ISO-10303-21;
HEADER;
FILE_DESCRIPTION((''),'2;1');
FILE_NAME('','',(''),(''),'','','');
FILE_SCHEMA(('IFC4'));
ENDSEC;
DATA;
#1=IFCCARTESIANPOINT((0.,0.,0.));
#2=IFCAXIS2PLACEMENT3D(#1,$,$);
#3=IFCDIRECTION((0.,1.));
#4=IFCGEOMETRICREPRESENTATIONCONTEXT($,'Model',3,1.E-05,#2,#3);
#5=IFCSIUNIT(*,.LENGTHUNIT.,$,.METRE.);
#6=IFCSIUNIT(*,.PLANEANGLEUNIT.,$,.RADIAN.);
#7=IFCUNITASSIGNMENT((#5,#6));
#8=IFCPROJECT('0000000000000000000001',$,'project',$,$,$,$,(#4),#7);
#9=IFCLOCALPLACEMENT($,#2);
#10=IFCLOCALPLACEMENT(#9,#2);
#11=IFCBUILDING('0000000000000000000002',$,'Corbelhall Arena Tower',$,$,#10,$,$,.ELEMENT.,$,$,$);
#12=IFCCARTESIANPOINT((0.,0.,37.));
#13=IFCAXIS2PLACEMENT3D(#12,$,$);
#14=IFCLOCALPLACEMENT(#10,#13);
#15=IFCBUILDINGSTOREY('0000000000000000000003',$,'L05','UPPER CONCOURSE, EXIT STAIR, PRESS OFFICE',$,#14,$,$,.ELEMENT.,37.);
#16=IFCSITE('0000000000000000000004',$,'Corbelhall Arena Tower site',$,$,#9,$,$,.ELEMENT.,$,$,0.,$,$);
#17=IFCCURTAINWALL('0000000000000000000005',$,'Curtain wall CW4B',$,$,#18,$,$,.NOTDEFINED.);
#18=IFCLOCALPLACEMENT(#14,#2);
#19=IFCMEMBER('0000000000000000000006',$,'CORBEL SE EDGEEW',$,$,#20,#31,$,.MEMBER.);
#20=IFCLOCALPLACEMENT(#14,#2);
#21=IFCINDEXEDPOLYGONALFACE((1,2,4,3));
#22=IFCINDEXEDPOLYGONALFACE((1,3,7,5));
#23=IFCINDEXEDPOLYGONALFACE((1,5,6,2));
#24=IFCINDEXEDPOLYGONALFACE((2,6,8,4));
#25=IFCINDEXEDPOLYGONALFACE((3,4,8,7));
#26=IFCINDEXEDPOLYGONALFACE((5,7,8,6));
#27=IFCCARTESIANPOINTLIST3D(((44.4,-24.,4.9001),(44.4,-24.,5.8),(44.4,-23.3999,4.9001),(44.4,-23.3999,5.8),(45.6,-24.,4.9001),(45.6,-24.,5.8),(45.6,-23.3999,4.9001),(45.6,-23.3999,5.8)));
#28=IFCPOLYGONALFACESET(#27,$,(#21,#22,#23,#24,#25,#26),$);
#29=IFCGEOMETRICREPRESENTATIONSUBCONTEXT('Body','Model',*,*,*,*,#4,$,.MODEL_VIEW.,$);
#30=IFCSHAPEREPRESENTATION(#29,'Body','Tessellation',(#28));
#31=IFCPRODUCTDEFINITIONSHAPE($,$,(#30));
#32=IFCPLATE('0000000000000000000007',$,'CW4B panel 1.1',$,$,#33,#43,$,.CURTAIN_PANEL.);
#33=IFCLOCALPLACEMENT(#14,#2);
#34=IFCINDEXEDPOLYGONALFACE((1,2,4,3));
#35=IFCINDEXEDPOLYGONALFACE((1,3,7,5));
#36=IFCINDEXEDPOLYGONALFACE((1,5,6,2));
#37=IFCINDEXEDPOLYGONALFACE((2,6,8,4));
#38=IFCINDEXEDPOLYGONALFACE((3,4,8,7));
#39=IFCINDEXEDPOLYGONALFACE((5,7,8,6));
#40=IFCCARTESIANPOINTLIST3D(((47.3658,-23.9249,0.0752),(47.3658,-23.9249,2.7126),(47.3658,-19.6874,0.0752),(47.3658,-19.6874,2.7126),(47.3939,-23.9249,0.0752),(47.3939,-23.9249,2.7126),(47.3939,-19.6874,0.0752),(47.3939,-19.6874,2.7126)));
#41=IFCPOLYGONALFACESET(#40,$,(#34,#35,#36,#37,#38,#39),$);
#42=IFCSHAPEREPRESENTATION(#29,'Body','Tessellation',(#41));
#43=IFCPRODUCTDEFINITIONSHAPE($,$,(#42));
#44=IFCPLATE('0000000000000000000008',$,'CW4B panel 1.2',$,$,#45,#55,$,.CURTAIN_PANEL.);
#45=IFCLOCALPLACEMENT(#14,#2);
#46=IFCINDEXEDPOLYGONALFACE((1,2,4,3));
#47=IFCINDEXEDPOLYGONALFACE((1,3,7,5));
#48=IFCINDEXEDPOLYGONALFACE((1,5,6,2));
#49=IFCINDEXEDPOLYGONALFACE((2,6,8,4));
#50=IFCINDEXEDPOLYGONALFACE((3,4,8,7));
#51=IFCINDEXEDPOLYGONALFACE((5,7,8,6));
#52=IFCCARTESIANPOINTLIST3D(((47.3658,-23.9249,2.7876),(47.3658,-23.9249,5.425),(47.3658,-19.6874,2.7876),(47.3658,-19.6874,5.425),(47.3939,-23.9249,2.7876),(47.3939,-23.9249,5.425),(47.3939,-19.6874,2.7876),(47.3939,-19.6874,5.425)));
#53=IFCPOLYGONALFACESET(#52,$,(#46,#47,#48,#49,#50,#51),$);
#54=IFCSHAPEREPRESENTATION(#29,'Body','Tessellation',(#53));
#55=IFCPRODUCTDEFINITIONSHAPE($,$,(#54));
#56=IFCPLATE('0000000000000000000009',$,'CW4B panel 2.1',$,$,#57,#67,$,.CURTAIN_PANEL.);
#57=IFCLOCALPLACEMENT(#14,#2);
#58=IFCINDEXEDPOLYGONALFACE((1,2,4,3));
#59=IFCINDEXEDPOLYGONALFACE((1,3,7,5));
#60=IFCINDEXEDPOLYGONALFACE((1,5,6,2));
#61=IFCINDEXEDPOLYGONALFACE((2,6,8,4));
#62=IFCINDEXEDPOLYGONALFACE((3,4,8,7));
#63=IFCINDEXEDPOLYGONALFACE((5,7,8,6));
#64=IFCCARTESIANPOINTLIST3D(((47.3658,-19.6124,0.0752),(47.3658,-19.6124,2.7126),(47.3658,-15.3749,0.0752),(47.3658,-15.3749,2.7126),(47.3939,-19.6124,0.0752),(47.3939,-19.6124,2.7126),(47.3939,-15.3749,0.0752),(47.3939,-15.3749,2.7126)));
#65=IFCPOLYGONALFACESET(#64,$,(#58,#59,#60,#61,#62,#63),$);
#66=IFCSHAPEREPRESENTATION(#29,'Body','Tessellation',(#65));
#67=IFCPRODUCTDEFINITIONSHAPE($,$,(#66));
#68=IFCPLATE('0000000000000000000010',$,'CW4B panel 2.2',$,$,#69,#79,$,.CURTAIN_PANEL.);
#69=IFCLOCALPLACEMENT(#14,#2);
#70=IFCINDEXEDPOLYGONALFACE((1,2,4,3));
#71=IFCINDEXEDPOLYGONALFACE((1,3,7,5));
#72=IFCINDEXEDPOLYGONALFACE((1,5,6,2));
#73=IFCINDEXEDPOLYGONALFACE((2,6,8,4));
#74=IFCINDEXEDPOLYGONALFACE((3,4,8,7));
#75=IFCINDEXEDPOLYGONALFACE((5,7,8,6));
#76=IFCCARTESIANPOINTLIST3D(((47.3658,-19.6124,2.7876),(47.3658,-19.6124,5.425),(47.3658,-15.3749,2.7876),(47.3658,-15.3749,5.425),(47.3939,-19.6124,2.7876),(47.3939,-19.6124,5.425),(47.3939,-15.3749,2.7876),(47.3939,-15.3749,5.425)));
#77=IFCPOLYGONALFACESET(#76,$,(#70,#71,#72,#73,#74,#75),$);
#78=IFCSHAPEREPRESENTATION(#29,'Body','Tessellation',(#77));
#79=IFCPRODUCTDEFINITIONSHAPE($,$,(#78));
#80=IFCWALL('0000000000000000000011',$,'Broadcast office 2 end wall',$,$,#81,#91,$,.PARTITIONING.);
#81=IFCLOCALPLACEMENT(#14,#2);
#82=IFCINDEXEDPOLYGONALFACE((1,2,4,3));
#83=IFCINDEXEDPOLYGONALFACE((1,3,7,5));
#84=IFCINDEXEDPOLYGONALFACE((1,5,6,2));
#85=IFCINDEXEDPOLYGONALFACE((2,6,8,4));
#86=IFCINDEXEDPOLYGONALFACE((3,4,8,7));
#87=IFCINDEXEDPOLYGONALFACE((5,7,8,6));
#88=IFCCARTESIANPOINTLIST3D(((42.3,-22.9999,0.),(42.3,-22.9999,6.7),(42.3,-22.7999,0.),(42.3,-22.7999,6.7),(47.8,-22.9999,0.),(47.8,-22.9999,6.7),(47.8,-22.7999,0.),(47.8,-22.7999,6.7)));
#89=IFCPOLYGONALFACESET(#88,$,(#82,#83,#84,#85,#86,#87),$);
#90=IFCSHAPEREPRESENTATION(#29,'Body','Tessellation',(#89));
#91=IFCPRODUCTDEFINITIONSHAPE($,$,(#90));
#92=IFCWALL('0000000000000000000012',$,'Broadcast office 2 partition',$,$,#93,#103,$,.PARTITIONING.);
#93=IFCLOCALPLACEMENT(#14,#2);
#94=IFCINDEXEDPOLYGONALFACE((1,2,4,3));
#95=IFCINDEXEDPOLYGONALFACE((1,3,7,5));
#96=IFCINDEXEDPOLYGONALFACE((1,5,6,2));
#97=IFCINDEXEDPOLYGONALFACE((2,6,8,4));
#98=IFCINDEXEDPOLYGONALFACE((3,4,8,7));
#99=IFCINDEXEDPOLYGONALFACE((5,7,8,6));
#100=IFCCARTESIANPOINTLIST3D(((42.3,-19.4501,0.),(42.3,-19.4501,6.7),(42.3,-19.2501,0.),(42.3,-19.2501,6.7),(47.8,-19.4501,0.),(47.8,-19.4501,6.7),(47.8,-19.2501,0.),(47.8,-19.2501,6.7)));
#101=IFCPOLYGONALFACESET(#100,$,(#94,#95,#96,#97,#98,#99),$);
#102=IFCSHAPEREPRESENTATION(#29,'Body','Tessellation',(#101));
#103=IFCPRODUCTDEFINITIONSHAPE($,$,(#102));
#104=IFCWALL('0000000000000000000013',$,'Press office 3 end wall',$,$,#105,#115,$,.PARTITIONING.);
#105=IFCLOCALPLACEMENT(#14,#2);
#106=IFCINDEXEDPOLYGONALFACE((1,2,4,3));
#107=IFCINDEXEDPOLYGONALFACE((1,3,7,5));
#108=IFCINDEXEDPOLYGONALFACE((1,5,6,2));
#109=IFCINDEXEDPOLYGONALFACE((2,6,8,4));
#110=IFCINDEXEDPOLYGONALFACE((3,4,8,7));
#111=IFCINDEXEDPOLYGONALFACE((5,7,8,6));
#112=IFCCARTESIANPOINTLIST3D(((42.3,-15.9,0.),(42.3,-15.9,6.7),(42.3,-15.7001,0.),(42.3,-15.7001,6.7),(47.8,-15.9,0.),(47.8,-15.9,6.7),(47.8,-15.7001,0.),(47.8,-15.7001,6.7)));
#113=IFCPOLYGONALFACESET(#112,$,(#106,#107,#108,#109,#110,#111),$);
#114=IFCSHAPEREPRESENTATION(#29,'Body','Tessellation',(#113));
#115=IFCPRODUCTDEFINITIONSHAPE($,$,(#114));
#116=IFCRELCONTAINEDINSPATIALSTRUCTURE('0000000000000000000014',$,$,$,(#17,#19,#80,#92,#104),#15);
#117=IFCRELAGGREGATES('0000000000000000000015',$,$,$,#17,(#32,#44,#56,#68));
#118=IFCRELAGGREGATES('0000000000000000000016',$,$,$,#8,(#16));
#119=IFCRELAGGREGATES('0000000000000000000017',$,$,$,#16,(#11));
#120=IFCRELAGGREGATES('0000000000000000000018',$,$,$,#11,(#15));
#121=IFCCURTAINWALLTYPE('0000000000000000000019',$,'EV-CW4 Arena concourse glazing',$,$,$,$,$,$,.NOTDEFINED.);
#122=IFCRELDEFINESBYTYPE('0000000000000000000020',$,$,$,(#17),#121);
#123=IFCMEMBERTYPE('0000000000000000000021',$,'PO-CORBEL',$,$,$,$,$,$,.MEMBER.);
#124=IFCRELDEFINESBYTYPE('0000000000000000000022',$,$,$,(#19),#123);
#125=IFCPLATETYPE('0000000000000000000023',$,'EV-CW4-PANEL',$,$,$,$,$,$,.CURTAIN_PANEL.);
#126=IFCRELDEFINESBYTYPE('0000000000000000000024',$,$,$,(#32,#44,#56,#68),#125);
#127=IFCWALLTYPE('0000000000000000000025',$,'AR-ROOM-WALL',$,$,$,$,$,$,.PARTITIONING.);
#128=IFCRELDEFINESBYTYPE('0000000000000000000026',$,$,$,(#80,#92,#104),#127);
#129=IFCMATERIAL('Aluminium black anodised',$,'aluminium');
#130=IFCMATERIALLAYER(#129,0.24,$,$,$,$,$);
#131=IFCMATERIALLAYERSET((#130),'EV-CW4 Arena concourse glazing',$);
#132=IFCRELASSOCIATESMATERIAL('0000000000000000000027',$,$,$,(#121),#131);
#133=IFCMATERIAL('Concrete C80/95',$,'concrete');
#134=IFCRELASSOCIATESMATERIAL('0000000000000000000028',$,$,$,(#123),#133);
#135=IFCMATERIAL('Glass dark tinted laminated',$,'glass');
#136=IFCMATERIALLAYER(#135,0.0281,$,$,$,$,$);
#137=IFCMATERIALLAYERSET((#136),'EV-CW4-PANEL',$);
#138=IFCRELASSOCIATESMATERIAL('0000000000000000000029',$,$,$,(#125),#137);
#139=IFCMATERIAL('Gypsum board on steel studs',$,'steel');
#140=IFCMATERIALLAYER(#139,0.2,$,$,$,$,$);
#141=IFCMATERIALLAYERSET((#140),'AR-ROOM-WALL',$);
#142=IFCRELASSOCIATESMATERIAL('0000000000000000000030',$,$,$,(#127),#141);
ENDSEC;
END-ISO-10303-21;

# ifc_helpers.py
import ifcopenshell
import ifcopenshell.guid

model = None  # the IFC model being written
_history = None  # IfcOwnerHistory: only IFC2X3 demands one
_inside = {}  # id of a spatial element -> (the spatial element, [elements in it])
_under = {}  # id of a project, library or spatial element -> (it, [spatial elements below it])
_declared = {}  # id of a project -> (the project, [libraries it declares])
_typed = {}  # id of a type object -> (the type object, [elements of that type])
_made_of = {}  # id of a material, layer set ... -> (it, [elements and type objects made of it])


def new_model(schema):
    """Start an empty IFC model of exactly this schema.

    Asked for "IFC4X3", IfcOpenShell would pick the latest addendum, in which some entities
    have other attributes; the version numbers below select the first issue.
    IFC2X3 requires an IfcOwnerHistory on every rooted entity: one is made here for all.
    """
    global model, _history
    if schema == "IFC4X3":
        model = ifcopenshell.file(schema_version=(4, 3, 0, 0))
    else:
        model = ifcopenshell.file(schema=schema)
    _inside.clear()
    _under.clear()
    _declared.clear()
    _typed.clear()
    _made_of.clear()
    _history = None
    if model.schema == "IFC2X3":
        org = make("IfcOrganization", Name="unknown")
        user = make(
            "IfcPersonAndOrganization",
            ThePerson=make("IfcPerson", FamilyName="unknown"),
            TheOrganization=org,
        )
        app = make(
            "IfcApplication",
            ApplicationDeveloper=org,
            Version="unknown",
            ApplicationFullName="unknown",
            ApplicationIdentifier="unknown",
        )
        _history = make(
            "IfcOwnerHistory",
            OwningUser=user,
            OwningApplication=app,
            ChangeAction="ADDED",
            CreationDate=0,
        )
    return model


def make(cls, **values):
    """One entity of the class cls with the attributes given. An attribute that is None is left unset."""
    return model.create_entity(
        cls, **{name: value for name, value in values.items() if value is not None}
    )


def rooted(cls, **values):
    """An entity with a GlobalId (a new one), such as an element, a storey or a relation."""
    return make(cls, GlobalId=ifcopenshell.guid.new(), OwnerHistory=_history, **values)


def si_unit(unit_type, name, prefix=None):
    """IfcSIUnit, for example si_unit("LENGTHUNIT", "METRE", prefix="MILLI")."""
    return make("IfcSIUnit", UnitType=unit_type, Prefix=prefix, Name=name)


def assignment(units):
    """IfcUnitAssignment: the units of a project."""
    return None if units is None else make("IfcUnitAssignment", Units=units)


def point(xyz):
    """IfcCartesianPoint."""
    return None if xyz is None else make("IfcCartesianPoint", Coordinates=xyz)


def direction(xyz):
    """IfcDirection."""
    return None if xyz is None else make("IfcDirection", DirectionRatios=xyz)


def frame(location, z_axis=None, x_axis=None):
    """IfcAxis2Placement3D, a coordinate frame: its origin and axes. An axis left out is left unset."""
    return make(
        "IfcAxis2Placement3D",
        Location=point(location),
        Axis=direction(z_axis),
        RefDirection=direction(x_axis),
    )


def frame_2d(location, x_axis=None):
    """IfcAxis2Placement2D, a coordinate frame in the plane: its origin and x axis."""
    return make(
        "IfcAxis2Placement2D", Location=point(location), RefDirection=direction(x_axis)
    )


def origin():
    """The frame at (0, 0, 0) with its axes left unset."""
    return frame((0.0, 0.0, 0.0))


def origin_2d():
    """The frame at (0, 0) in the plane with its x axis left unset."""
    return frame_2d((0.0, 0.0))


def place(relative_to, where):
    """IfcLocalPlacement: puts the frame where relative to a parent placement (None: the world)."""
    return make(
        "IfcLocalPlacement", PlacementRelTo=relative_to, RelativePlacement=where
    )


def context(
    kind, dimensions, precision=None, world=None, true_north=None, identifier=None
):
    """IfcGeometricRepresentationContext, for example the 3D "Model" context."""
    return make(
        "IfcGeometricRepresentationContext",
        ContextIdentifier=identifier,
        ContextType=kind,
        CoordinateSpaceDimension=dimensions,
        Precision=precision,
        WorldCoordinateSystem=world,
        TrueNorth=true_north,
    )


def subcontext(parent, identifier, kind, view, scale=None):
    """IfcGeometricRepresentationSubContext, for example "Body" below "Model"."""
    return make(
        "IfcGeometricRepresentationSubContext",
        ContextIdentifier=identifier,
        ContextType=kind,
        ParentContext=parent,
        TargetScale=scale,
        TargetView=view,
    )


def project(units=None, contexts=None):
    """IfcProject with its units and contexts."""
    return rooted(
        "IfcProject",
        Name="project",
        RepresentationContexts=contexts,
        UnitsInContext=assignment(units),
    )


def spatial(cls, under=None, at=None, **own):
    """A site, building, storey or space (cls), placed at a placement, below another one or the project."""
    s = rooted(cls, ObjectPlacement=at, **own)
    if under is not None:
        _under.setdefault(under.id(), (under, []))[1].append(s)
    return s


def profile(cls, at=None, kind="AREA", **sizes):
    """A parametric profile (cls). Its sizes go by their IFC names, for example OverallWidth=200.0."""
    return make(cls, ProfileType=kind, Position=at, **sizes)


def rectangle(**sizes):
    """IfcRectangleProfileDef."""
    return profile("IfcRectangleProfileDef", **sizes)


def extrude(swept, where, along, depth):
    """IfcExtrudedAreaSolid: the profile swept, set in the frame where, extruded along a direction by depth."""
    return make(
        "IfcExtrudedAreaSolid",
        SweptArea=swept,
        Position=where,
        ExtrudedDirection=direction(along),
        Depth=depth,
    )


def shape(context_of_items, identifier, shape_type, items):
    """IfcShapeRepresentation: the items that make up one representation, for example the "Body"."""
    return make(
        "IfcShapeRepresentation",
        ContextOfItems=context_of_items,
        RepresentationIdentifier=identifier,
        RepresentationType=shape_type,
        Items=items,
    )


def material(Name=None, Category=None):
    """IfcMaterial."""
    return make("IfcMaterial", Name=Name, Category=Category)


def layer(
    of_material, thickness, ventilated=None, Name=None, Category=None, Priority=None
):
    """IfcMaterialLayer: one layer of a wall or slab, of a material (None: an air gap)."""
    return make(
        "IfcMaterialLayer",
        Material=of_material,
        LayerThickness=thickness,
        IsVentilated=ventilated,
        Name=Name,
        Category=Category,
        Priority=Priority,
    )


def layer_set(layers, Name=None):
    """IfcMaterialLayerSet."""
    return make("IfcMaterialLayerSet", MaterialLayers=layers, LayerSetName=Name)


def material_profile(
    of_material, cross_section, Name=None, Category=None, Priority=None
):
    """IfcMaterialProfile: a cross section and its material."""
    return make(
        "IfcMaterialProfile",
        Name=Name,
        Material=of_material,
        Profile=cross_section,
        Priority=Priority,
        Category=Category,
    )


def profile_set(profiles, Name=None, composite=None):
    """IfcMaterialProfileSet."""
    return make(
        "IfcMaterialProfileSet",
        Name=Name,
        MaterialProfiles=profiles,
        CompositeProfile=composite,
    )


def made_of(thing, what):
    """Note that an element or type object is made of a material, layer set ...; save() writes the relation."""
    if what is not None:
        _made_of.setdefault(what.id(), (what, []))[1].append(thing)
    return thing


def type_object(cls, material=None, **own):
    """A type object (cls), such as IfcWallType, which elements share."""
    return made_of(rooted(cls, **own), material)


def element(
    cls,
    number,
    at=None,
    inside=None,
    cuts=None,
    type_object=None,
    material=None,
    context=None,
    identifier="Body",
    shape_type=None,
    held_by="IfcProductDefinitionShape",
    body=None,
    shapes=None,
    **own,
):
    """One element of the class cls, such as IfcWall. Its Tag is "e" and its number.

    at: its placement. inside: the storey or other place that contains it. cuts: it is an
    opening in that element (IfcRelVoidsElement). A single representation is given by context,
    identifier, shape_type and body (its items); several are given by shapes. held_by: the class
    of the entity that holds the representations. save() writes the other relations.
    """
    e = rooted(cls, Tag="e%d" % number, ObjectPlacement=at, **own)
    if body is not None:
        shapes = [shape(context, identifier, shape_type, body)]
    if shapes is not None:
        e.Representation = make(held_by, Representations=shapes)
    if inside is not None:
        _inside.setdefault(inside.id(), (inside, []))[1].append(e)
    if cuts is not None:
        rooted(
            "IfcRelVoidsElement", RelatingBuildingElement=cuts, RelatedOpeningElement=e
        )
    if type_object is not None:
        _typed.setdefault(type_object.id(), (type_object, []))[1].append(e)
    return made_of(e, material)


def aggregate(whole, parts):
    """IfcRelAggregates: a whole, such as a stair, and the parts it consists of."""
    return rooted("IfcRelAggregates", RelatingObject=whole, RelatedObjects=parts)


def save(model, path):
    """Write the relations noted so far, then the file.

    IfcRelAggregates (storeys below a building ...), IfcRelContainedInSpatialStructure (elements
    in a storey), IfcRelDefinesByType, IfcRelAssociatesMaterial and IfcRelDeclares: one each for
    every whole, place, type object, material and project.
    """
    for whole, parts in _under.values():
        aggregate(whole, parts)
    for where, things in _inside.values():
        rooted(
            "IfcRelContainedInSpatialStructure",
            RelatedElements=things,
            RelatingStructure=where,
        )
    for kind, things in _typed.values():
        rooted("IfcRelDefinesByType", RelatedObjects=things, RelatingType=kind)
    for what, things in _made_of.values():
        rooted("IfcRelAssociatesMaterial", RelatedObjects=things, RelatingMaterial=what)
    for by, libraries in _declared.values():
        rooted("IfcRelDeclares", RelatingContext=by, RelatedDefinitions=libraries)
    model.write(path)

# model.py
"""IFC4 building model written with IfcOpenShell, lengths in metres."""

from ifc_helpers import new_model, si_unit, direction, frame, frame_2d, origin, origin_2d, place, context, subcontext, project, spatial, rectangle, extrude, material, layer, layer_set, material_profile, profile_set, type_object, element, aggregate, save


model = new_model("IFC4")

# Units and contexts
model_context = context("Model", 3, precision=1e-05, world=origin(), true_north=direction((0.0, 1.0)))
body_context = subcontext(model_context, "Body", "Model", "MODEL_VIEW")
ifc_project = project(units=[si_unit("LENGTHUNIT", "METRE"), si_unit("PLANEANGLEUNIT", "RADIAN")], contexts=[model_context])

# Site, building, storey
site_placement = place(None, origin())
site = spatial("IfcSite", under=ifc_project, at=site_placement, Name="Corbelhall Arena Tower site", CompositionType="ELEMENT", RefElevation=0.0)
building_placement = place(site_placement, origin())
building = spatial("IfcBuilding", under=site, at=building_placement, Name="Corbelhall Arena Tower", CompositionType="ELEMENT")
storey_placement = place(building_placement, frame((0.0, 0.0, 37.0)))
storey = spatial("IfcBuildingStorey", under=building, at=storey_placement, Name="L05", Description="UPPER CONCOURSE, EXIT STAIR, PRESS OFFICE", CompositionType="ELEMENT", Elevation=37.0)

# Curtain wall
ifc_material_1 = material(Name="Aluminium black anodised", Category="aluminium")
ifc_layer_1 = layer(ifc_material_1, 0.24)
ifc_layer_set_1 = layer_set([ifc_layer_1], Name="EV-CW4 Arena concourse glazing")
curtain_wall_type = type_object("IfcCurtainWallType", Name="EV-CW4 Arena concourse glazing", PredefinedType="NOTDEFINED", material=ifc_layer_set_1)
curtain_wall_placement = place(storey_placement, origin())
curtain_wall = element("IfcCurtainWall", 1, at=curtain_wall_placement, inside=storey, type_object=curtain_wall_type, Name="Curtain wall CW4B", PredefinedType="NOTDEFINED")

# Member
ifc_material_2 = material(Name="Concrete C80/95", Category="concrete")
ifc_material_profile_1 = material_profile(ifc_material_2, rectangle(XDim=1.2, YDim=0.8999, at=origin_2d()))
ifc_profile_set_1 = profile_set([ifc_material_profile_1], Name="Concrete C80/95")
member_type_1 = type_object("IfcMemberType", Name="PO-CORBEL", PredefinedType="MEMBER", material=ifc_profile_set_1)
member_1_placement = place(storey_placement, frame((45.0, -24.0, 5.3501), z_axis=(0.0, 1.0, 0.0), x_axis=(-1.0, 0.0, 0.0)))
element("IfcMember", 2, at=member_1_placement, inside=storey, type_object=member_type_1, Name="CORBEL SE EDGEEW", PredefinedType="MEMBER", context=body_context, shape_type="SweptSolid", body=[
    extrude(rectangle(XDim=1.2, YDim=0.8999, at=origin_2d()), origin(), (0.0, 0.0, 1.0), 0.6001),
])

# Plates
ifc_material_3 = material(Name="Glass dark tinted laminated", Category="glass")
ifc_layer_2 = layer(ifc_material_3, 0.0281)
ifc_layer_set_2 = layer_set([ifc_layer_2], Name="EV-CW4-PANEL")
plate_type = type_object("IfcPlateType", Name="EV-CW4-PANEL", PredefinedType="CURTAIN_PANEL", material=ifc_layer_set_2)
plate_1_placement = place(storey_placement, frame((47.3799, -21.8062, 0.0752), z_axis=(0.0, 0.0, 1.0), x_axis=(0.0, 1.0, 0.0)))
plate_1 = element("IfcPlate", 3, at=plate_1_placement, type_object=plate_type, Name="CW4B panel 1.1", PredefinedType="CURTAIN_PANEL", context=body_context, shape_type="SweptSolid", body=[
    extrude(rectangle(XDim=4.2375, YDim=0.0281, at=origin_2d()), origin(), (0.0, 0.0, 1.0), 2.6375),
])
plate_2_placement = place(storey_placement, frame((47.3799, -21.8062, 2.7876), z_axis=(0.0, 0.0, 1.0), x_axis=(0.0, 1.0, 0.0)))
plate_2 = element("IfcPlate", 4, at=plate_2_placement, type_object=plate_type, Name="CW4B panel 1.2", PredefinedType="CURTAIN_PANEL", context=body_context, shape_type="SweptSolid", body=[
    extrude(rectangle(XDim=4.2375, YDim=0.0281, at=origin_2d()), origin(), (0.0, 0.0, 1.0), 2.6375),
])
plate_3_placement = place(storey_placement, frame((47.3799, -17.4937, 0.0752), z_axis=(0.0, 0.0, 1.0), x_axis=(0.0, 1.0, 0.0)))
plate_3 = element("IfcPlate", 5, at=plate_3_placement, type_object=plate_type, Name="CW4B panel 2.1", PredefinedType="CURTAIN_PANEL", context=body_context, shape_type="SweptSolid", body=[
    extrude(rectangle(XDim=4.2375, YDim=0.0281, at=origin_2d()), origin(), (0.0, 0.0, 1.0), 2.6375),
])
plate_4_placement = place(storey_placement, frame((47.3799, -17.4937, 2.7876), z_axis=(0.0, 0.0, 1.0), x_axis=(0.0, 1.0, 0.0)))
plate_4 = element("IfcPlate", 6, at=plate_4_placement, type_object=plate_type, Name="CW4B panel 2.2", PredefinedType="CURTAIN_PANEL", context=body_context, shape_type="SweptSolid", body=[
    extrude(rectangle(XDim=4.2375, YDim=0.0281, at=origin_2d()), origin(), (0.0, 0.0, 1.0), 2.6375),
])
aggregate(curtain_wall, [plate_1, plate_2, plate_3, plate_4])

# Shared definitions
ifc_material_4 = material(Name="Gypsum board on steel studs", Category="steel")
ifc_layer_3 = layer(ifc_material_4, 0.2)
ifc_layer_set_3 = layer_set([ifc_layer_3], Name="AR-ROOM-WALL")
wall_type = type_object("IfcWallType", Name="AR-ROOM-WALL", PredefinedType="PARTITIONING", material=ifc_layer_set_3)

# Walls
for number, where, z_axis, x_axis, name in (
    (7, (42.3, -22.8999, 0.0), (0.0, 0.0, 1.0), (1.0, 0.0, 0.0), "Broadcast office 2 end wall"),
    (8, (42.3, -19.3501, 0.0), (0.0, 0.0, 1.0), (1.0, 0.0, 0.0), "Broadcast office 2 partition"),
):
    element("IfcWall", number, at=place(storey_placement, frame(where, z_axis=z_axis, x_axis=x_axis)), inside=storey, type_object=wall_type, Name=name, PredefinedType="PARTITIONING", context=body_context, shape_type="SweptSolid", body=[
        extrude(rectangle(XDim=5.5, YDim=0.2, at=frame_2d((2.75, 0.0))), origin(), (0.0, 0.0, 1.0), 6.7),
    ])

# Wall
wall_1_placement = place(storey_placement, frame((42.3, -15.8, 0.0), z_axis=(0.0, 0.0, 1.0), x_axis=(1.0, 0.0, 0.0)))
element("IfcWall", 9, at=wall_1_placement, inside=storey, type_object=wall_type, Name="Press office 3 end wall", PredefinedType="PARTITIONING", context=body_context, shape_type="SweptSolid", body=[
    extrude(rectangle(XDim=5.5, YDim=0.2, at=frame_2d((2.75, 0.0))), origin(), (0.0, 0.0, 1.0), 6.7),
])

save(model, "model.ifc")
